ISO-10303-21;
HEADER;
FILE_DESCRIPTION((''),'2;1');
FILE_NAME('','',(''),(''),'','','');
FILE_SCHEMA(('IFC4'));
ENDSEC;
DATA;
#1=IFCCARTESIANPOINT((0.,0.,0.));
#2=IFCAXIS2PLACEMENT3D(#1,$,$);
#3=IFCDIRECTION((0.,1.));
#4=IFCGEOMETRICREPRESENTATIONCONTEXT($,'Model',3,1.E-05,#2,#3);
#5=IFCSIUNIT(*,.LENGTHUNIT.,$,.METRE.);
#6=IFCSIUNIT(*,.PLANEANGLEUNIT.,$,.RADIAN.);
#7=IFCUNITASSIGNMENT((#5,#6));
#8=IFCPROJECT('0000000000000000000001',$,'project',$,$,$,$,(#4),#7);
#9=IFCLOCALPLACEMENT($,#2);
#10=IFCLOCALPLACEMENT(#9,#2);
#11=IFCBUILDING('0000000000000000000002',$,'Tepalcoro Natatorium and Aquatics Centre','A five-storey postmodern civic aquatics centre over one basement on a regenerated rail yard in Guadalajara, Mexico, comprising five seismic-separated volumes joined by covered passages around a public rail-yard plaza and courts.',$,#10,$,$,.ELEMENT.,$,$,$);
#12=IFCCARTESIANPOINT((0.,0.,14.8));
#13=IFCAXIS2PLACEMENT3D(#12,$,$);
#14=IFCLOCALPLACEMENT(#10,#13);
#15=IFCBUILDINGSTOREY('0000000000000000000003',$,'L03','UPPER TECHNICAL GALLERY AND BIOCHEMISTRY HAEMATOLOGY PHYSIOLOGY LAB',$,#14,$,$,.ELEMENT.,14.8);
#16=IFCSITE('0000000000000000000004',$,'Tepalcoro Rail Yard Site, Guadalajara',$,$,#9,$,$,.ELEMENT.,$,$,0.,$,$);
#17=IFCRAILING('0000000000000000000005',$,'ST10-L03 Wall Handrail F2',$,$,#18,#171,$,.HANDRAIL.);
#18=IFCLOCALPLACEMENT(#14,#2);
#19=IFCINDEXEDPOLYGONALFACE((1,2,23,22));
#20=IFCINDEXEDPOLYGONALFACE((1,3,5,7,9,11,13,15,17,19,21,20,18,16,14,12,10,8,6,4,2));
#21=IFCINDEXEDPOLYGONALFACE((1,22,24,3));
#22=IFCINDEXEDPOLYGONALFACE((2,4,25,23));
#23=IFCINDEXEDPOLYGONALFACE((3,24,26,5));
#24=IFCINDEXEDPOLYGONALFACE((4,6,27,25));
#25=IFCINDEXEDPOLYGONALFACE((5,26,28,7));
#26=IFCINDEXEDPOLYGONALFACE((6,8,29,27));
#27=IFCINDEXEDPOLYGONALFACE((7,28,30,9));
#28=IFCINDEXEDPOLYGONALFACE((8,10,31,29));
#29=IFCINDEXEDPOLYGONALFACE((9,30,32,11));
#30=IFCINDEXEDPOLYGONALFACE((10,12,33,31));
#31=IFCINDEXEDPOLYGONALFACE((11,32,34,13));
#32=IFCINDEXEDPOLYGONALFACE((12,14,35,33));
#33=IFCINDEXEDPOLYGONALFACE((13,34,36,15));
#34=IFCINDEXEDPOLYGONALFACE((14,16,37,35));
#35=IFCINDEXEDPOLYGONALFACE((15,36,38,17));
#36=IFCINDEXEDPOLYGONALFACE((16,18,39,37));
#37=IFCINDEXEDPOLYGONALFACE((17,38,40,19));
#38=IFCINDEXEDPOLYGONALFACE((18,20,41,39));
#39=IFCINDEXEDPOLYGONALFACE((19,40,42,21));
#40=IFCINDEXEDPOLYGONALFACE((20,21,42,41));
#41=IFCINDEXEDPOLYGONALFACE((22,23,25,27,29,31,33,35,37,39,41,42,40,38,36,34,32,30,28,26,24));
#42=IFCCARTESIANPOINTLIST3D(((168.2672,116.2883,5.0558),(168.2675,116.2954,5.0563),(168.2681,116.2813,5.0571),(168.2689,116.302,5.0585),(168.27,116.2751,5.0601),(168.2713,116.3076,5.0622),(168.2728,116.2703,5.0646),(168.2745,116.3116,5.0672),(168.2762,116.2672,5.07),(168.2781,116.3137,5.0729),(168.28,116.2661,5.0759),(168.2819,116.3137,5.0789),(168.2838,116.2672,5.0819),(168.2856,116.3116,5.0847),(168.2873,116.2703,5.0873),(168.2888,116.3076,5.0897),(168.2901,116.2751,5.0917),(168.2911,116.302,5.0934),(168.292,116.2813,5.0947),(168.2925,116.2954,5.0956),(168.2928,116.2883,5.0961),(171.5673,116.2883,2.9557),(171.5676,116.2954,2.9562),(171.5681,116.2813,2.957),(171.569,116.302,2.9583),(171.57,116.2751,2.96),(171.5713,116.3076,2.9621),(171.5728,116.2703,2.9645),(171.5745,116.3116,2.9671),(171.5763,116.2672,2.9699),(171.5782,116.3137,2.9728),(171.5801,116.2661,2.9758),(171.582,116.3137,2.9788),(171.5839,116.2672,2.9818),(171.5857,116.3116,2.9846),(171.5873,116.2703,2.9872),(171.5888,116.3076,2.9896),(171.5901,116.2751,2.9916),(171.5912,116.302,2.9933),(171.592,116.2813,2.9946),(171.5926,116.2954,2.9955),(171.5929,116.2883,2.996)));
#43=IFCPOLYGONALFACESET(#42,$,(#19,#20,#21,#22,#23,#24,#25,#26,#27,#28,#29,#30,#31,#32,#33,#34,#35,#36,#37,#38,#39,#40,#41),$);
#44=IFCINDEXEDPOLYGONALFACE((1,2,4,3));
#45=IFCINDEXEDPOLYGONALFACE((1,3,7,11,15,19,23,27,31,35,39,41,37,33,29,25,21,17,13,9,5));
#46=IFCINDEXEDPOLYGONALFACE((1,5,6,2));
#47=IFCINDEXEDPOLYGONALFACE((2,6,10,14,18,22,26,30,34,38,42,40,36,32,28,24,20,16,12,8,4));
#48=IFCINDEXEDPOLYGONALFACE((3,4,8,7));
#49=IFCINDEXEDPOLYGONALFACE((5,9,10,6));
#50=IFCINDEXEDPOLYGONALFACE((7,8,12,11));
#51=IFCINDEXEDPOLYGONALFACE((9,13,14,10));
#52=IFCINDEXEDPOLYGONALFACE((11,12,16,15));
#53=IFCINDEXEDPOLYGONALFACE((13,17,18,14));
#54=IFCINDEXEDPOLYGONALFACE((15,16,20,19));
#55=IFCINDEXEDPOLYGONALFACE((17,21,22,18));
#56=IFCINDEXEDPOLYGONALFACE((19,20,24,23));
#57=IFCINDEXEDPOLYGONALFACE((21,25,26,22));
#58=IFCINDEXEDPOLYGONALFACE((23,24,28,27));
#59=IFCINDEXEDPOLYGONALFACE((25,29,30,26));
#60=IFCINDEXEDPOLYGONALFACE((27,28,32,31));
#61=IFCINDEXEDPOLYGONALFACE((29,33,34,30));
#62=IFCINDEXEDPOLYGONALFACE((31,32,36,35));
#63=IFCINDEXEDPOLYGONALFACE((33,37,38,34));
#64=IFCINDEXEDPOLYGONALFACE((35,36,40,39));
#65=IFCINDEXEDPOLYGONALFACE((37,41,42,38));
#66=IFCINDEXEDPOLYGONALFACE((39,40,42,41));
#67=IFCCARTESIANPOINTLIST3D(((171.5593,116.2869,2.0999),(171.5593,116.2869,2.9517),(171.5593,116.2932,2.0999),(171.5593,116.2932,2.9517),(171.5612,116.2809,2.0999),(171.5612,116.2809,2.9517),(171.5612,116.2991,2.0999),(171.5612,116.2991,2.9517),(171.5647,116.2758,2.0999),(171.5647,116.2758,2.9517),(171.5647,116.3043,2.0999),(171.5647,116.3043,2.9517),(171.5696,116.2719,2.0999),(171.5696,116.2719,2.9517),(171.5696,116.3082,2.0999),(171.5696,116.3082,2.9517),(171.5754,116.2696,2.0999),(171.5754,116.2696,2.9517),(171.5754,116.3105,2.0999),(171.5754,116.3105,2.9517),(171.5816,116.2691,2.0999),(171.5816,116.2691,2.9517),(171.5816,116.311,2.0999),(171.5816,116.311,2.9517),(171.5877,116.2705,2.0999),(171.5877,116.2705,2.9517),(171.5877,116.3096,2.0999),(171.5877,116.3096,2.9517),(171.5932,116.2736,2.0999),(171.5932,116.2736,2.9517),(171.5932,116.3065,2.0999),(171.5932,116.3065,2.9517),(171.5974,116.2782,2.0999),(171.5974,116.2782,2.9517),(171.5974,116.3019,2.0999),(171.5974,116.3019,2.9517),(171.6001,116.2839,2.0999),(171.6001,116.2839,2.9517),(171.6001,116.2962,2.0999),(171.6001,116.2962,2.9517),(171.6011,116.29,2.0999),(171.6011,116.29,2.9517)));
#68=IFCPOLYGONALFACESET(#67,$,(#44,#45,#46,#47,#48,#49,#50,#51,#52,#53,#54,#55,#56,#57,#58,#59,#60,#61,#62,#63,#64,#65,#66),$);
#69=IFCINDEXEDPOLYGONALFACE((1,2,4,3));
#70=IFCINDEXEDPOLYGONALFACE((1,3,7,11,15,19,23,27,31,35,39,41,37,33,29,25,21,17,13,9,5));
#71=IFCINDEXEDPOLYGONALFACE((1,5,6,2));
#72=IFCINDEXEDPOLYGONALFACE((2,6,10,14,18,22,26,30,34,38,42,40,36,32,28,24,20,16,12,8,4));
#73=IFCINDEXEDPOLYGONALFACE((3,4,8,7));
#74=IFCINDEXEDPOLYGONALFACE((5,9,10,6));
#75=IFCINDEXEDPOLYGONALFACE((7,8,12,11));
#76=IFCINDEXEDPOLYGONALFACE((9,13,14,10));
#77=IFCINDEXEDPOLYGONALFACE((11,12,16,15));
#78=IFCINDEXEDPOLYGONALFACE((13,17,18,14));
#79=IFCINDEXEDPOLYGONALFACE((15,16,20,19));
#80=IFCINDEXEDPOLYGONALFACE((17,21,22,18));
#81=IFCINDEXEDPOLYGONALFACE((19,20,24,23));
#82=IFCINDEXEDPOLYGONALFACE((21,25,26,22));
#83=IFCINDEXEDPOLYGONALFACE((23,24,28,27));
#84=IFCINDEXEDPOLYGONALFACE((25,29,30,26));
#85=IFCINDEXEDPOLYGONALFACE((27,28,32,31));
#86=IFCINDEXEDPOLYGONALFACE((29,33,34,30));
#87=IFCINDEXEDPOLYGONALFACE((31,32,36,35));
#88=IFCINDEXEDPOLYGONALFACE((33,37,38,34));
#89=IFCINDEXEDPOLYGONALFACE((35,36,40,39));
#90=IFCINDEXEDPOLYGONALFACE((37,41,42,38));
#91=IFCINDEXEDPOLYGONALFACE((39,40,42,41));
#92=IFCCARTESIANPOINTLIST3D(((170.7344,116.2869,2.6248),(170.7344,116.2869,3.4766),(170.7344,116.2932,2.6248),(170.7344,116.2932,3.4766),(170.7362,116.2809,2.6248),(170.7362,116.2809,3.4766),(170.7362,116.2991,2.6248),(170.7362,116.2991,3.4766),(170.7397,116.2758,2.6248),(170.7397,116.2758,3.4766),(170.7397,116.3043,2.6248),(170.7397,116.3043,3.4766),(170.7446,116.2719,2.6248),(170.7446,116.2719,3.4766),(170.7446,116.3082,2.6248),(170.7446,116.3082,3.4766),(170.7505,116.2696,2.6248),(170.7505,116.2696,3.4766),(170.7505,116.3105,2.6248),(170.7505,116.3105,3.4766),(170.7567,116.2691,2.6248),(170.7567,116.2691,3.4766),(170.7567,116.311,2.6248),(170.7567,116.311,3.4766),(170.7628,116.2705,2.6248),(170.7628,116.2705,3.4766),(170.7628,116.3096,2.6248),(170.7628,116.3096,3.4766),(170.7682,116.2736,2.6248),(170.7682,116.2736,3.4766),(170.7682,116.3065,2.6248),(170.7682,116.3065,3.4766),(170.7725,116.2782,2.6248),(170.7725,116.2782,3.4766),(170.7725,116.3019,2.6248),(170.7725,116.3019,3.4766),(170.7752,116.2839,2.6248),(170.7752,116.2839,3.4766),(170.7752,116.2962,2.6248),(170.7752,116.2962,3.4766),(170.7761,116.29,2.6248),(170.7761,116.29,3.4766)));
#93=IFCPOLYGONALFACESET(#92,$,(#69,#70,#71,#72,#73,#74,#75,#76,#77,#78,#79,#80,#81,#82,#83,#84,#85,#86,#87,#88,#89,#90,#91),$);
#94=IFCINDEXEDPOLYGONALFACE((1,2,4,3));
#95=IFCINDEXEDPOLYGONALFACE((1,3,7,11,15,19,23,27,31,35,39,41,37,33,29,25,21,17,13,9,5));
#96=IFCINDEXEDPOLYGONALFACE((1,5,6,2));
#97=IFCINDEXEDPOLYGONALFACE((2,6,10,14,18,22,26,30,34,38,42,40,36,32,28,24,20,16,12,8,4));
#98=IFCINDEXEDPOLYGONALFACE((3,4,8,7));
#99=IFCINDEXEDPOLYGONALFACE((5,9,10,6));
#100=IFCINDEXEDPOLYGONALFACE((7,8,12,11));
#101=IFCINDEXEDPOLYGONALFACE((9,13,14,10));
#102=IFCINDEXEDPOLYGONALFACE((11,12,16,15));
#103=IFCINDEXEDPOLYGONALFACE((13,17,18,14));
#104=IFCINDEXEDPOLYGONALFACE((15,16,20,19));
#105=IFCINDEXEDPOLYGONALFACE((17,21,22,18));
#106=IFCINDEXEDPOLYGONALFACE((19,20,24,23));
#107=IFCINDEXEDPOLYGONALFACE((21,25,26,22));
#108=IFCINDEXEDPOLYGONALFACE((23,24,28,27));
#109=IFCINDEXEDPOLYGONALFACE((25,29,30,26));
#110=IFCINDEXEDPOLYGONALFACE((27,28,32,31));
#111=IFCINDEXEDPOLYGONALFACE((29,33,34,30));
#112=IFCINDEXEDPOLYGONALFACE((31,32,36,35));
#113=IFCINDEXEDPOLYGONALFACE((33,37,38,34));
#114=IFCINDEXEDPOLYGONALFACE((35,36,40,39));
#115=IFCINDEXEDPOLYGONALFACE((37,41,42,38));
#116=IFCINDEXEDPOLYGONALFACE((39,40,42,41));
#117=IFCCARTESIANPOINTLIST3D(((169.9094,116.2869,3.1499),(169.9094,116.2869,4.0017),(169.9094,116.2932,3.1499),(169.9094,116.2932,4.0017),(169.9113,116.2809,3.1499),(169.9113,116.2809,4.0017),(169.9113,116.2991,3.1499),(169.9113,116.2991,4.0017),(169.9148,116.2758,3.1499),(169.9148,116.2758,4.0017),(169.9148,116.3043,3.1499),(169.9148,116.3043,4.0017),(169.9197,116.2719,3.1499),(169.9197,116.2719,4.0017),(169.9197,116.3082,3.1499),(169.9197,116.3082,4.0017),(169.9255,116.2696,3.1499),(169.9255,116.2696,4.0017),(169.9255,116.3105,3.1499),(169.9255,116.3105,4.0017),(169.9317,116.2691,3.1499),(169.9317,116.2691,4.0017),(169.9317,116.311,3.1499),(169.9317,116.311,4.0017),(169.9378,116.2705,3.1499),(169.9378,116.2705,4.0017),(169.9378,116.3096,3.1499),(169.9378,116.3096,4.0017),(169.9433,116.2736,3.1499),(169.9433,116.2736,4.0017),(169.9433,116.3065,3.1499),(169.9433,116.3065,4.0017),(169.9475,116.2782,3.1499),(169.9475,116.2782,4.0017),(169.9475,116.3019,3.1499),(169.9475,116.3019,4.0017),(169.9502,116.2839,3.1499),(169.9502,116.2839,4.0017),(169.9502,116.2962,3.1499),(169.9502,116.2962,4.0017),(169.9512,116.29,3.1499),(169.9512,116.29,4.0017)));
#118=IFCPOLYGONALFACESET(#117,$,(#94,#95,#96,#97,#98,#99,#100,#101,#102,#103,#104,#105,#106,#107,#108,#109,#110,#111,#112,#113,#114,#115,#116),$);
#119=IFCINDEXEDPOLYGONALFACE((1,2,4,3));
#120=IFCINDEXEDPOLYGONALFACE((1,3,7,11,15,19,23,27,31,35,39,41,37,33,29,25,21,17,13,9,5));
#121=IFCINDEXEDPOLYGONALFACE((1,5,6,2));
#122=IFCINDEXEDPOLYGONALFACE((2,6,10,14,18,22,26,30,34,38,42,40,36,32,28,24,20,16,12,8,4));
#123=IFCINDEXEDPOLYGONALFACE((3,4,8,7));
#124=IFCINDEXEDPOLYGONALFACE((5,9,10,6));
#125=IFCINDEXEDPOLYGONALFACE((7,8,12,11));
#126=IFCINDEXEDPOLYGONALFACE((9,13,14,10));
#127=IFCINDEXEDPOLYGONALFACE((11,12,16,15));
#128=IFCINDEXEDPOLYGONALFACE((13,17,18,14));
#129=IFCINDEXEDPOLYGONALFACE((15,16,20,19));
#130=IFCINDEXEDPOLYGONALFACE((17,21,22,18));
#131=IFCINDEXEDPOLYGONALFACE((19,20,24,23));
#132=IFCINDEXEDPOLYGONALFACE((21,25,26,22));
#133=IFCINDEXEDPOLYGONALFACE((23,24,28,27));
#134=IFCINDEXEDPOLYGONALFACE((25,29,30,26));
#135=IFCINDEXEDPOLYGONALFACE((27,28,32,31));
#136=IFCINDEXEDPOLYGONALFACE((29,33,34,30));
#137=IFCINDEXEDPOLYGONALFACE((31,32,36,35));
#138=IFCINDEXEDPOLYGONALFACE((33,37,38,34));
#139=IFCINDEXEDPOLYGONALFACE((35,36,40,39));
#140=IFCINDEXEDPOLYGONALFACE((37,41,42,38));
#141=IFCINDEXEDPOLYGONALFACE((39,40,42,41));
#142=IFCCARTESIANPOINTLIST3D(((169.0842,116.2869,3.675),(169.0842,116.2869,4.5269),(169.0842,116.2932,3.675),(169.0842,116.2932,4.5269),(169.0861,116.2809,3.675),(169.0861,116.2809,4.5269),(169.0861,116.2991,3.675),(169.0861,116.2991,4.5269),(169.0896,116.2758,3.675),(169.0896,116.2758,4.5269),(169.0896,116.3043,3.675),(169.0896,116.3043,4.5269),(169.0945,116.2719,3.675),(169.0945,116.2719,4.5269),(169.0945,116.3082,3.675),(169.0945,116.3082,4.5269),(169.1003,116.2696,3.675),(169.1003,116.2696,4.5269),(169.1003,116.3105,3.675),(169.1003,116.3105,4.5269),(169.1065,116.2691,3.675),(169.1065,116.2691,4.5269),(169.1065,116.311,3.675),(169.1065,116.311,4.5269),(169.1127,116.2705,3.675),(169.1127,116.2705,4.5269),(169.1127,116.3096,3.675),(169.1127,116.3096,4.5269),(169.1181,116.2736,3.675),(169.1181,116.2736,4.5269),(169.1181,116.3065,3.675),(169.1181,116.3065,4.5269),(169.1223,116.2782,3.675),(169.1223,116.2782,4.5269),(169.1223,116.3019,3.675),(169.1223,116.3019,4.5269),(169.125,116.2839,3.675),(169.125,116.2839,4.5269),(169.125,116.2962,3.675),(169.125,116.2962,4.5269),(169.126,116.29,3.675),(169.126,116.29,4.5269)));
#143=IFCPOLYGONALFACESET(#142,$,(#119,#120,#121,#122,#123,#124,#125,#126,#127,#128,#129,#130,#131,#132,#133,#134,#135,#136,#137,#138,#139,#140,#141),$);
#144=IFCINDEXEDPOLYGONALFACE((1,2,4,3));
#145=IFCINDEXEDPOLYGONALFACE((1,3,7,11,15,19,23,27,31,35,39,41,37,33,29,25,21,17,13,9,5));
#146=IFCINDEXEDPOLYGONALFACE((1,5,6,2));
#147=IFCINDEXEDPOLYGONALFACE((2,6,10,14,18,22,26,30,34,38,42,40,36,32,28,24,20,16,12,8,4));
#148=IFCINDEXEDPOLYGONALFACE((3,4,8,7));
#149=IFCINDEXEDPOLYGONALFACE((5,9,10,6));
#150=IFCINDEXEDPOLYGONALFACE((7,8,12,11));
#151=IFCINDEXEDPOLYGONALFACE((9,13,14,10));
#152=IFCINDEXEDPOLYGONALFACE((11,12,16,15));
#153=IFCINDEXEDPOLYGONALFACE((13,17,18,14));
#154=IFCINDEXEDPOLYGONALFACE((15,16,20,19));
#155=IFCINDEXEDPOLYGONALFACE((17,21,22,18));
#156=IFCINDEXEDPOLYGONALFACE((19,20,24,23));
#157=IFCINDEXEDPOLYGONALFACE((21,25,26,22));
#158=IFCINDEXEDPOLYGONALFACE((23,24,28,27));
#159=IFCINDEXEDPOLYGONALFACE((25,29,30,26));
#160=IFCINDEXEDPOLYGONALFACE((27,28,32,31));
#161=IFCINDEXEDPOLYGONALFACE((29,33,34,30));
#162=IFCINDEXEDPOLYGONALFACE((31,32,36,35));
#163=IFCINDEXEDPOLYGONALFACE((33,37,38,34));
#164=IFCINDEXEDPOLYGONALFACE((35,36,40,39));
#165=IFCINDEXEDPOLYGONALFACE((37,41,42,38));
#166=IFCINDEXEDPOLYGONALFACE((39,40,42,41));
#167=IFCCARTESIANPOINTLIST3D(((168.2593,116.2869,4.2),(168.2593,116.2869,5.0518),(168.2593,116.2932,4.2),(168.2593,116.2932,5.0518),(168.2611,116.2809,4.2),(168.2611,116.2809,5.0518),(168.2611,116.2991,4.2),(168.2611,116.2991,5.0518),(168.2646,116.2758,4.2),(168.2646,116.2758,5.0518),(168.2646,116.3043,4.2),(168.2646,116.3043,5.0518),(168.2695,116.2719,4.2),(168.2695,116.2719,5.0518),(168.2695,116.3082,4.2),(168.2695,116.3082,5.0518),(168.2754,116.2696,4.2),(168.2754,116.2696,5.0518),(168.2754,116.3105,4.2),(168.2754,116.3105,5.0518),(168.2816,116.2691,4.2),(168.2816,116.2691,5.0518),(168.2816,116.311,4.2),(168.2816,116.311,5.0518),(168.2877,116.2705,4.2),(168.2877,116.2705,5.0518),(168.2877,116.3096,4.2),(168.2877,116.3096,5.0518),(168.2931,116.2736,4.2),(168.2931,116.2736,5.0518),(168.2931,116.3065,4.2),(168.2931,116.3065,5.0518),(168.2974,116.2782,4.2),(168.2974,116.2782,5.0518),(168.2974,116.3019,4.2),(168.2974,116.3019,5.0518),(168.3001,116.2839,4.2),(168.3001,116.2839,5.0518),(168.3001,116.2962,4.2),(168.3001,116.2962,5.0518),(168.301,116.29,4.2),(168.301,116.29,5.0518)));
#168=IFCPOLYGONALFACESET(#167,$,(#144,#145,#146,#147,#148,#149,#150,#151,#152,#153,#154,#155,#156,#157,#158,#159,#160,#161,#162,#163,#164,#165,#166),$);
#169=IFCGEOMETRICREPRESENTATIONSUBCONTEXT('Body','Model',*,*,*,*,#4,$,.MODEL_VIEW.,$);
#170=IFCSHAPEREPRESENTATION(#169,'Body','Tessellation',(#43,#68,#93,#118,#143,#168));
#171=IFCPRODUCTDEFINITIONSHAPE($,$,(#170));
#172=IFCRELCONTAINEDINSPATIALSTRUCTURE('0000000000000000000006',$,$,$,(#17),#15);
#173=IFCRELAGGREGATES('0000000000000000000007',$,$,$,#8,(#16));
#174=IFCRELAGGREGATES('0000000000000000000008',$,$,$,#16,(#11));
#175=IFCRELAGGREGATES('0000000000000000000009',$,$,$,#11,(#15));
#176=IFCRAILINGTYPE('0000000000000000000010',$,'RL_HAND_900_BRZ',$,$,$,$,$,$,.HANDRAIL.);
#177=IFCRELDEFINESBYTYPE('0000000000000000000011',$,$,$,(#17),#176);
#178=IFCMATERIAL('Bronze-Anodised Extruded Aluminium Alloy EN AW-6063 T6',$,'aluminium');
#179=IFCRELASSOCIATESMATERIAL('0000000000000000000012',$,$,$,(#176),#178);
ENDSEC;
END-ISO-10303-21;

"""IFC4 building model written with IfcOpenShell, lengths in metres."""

from ifc_helpers import new_model, si_unit, direction, frame, origin, origin_2d, place, context, subcontext, project, spatial, circle, extrude, material, type_object, element, save


model = new_model("IFC4")

# Units and contexts
model_context = context("Model", 3, precision=1e-05, world=origin(), true_north=direction((0.0, 1.0)))
body_context = subcontext(model_context, "Body", "Model", "MODEL_VIEW")
ifc_project = project(units=[si_unit("LENGTHUNIT", "METRE"), si_unit("PLANEANGLEUNIT", "RADIAN")], contexts=[model_context])

# Site, building, storey
site_placement = place(None, origin())
site = spatial("IfcSite", under=ifc_project, at=site_placement, Name="Tepalcoro Rail Yard Site, Guadalajara", CompositionType="ELEMENT", RefElevation=0.0)
building_placement = place(site_placement, origin())
building = spatial("IfcBuilding", under=site, at=building_placement, Name="Tepalcoro Natatorium and Aquatics Centre", Description="A five-storey postmodern civic aquatics centre over one basement on a regenerated rail yard in Guadalajara, Mexico, comprising five seismic-separated volumes joined by covered passages around a public rail-yard plaza and courts.", CompositionType="ELEMENT")
storey_placement = place(building_placement, frame((0.0, 0.0, 14.8)))
storey = spatial("IfcBuildingStorey", under=building, at=storey_placement, Name="L03", Description="UPPER TECHNICAL GALLERY AND BIOCHEMISTRY HAEMATOLOGY PHYSIOLOGY LAB", CompositionType="ELEMENT", Elevation=14.8)

# Shared definitions
ifc_material_1 = material(Name="Bronze-Anodised Extruded Aluminium Alloy EN AW-6063 T6", Category="aluminium")

# Railing
railing_type_1 = type_object("IfcRailingType", Name="RL_HAND_900_BRZ", PredefinedType="HANDRAIL", material=ifc_material_1)
railing_1_placement = place(storey_placement, frame((171.5801, 116.29, 2.0999)))
element("IfcRailing", 1, at=railing_1_placement, inside=storey, type_object=railing_type_1, Name="ST10-L03 Wall Handrail F2", PredefinedType="HANDRAIL", context=body_context, shape_type="SweptSolid", body=[
    extrude(circle(Radius=0.0239, at=origin_2d()), frame((0.0, 0.0, 0.876), z_axis=(-0.843654, 0.0, 0.536888), x_axis=(0.0, -1.0, 0.0)), (0.0, 0.0, 1.0), 3.9116),
    extrude(circle(Radius=0.021, at=origin_2d()), origin(), (0.0, 0.0, 1.0), 0.8518),
    extrude(circle(Radius=0.021, at=origin_2d()), frame((-0.825, 0.0, 0.5249)), (0.0, 0.0, 1.0), 0.8518),
    extrude(circle(Radius=0.021, at=origin_2d()), frame((-1.6499, 0.0, 1.05)), (0.0, 0.0, 1.0), 0.8518),
    extrude(circle(Radius=0.021, at=origin_2d()), frame((-2.4751, 0.0, 1.5752)), (0.0, 0.0, 1.0), 0.8518),
    extrude(circle(Radius=0.021, at=origin_2d()), frame((-3.3, 0.0, 2.1001)), (0.0, 0.0, 1.0), 0.8518),
])

save(model, "model.ifc")
